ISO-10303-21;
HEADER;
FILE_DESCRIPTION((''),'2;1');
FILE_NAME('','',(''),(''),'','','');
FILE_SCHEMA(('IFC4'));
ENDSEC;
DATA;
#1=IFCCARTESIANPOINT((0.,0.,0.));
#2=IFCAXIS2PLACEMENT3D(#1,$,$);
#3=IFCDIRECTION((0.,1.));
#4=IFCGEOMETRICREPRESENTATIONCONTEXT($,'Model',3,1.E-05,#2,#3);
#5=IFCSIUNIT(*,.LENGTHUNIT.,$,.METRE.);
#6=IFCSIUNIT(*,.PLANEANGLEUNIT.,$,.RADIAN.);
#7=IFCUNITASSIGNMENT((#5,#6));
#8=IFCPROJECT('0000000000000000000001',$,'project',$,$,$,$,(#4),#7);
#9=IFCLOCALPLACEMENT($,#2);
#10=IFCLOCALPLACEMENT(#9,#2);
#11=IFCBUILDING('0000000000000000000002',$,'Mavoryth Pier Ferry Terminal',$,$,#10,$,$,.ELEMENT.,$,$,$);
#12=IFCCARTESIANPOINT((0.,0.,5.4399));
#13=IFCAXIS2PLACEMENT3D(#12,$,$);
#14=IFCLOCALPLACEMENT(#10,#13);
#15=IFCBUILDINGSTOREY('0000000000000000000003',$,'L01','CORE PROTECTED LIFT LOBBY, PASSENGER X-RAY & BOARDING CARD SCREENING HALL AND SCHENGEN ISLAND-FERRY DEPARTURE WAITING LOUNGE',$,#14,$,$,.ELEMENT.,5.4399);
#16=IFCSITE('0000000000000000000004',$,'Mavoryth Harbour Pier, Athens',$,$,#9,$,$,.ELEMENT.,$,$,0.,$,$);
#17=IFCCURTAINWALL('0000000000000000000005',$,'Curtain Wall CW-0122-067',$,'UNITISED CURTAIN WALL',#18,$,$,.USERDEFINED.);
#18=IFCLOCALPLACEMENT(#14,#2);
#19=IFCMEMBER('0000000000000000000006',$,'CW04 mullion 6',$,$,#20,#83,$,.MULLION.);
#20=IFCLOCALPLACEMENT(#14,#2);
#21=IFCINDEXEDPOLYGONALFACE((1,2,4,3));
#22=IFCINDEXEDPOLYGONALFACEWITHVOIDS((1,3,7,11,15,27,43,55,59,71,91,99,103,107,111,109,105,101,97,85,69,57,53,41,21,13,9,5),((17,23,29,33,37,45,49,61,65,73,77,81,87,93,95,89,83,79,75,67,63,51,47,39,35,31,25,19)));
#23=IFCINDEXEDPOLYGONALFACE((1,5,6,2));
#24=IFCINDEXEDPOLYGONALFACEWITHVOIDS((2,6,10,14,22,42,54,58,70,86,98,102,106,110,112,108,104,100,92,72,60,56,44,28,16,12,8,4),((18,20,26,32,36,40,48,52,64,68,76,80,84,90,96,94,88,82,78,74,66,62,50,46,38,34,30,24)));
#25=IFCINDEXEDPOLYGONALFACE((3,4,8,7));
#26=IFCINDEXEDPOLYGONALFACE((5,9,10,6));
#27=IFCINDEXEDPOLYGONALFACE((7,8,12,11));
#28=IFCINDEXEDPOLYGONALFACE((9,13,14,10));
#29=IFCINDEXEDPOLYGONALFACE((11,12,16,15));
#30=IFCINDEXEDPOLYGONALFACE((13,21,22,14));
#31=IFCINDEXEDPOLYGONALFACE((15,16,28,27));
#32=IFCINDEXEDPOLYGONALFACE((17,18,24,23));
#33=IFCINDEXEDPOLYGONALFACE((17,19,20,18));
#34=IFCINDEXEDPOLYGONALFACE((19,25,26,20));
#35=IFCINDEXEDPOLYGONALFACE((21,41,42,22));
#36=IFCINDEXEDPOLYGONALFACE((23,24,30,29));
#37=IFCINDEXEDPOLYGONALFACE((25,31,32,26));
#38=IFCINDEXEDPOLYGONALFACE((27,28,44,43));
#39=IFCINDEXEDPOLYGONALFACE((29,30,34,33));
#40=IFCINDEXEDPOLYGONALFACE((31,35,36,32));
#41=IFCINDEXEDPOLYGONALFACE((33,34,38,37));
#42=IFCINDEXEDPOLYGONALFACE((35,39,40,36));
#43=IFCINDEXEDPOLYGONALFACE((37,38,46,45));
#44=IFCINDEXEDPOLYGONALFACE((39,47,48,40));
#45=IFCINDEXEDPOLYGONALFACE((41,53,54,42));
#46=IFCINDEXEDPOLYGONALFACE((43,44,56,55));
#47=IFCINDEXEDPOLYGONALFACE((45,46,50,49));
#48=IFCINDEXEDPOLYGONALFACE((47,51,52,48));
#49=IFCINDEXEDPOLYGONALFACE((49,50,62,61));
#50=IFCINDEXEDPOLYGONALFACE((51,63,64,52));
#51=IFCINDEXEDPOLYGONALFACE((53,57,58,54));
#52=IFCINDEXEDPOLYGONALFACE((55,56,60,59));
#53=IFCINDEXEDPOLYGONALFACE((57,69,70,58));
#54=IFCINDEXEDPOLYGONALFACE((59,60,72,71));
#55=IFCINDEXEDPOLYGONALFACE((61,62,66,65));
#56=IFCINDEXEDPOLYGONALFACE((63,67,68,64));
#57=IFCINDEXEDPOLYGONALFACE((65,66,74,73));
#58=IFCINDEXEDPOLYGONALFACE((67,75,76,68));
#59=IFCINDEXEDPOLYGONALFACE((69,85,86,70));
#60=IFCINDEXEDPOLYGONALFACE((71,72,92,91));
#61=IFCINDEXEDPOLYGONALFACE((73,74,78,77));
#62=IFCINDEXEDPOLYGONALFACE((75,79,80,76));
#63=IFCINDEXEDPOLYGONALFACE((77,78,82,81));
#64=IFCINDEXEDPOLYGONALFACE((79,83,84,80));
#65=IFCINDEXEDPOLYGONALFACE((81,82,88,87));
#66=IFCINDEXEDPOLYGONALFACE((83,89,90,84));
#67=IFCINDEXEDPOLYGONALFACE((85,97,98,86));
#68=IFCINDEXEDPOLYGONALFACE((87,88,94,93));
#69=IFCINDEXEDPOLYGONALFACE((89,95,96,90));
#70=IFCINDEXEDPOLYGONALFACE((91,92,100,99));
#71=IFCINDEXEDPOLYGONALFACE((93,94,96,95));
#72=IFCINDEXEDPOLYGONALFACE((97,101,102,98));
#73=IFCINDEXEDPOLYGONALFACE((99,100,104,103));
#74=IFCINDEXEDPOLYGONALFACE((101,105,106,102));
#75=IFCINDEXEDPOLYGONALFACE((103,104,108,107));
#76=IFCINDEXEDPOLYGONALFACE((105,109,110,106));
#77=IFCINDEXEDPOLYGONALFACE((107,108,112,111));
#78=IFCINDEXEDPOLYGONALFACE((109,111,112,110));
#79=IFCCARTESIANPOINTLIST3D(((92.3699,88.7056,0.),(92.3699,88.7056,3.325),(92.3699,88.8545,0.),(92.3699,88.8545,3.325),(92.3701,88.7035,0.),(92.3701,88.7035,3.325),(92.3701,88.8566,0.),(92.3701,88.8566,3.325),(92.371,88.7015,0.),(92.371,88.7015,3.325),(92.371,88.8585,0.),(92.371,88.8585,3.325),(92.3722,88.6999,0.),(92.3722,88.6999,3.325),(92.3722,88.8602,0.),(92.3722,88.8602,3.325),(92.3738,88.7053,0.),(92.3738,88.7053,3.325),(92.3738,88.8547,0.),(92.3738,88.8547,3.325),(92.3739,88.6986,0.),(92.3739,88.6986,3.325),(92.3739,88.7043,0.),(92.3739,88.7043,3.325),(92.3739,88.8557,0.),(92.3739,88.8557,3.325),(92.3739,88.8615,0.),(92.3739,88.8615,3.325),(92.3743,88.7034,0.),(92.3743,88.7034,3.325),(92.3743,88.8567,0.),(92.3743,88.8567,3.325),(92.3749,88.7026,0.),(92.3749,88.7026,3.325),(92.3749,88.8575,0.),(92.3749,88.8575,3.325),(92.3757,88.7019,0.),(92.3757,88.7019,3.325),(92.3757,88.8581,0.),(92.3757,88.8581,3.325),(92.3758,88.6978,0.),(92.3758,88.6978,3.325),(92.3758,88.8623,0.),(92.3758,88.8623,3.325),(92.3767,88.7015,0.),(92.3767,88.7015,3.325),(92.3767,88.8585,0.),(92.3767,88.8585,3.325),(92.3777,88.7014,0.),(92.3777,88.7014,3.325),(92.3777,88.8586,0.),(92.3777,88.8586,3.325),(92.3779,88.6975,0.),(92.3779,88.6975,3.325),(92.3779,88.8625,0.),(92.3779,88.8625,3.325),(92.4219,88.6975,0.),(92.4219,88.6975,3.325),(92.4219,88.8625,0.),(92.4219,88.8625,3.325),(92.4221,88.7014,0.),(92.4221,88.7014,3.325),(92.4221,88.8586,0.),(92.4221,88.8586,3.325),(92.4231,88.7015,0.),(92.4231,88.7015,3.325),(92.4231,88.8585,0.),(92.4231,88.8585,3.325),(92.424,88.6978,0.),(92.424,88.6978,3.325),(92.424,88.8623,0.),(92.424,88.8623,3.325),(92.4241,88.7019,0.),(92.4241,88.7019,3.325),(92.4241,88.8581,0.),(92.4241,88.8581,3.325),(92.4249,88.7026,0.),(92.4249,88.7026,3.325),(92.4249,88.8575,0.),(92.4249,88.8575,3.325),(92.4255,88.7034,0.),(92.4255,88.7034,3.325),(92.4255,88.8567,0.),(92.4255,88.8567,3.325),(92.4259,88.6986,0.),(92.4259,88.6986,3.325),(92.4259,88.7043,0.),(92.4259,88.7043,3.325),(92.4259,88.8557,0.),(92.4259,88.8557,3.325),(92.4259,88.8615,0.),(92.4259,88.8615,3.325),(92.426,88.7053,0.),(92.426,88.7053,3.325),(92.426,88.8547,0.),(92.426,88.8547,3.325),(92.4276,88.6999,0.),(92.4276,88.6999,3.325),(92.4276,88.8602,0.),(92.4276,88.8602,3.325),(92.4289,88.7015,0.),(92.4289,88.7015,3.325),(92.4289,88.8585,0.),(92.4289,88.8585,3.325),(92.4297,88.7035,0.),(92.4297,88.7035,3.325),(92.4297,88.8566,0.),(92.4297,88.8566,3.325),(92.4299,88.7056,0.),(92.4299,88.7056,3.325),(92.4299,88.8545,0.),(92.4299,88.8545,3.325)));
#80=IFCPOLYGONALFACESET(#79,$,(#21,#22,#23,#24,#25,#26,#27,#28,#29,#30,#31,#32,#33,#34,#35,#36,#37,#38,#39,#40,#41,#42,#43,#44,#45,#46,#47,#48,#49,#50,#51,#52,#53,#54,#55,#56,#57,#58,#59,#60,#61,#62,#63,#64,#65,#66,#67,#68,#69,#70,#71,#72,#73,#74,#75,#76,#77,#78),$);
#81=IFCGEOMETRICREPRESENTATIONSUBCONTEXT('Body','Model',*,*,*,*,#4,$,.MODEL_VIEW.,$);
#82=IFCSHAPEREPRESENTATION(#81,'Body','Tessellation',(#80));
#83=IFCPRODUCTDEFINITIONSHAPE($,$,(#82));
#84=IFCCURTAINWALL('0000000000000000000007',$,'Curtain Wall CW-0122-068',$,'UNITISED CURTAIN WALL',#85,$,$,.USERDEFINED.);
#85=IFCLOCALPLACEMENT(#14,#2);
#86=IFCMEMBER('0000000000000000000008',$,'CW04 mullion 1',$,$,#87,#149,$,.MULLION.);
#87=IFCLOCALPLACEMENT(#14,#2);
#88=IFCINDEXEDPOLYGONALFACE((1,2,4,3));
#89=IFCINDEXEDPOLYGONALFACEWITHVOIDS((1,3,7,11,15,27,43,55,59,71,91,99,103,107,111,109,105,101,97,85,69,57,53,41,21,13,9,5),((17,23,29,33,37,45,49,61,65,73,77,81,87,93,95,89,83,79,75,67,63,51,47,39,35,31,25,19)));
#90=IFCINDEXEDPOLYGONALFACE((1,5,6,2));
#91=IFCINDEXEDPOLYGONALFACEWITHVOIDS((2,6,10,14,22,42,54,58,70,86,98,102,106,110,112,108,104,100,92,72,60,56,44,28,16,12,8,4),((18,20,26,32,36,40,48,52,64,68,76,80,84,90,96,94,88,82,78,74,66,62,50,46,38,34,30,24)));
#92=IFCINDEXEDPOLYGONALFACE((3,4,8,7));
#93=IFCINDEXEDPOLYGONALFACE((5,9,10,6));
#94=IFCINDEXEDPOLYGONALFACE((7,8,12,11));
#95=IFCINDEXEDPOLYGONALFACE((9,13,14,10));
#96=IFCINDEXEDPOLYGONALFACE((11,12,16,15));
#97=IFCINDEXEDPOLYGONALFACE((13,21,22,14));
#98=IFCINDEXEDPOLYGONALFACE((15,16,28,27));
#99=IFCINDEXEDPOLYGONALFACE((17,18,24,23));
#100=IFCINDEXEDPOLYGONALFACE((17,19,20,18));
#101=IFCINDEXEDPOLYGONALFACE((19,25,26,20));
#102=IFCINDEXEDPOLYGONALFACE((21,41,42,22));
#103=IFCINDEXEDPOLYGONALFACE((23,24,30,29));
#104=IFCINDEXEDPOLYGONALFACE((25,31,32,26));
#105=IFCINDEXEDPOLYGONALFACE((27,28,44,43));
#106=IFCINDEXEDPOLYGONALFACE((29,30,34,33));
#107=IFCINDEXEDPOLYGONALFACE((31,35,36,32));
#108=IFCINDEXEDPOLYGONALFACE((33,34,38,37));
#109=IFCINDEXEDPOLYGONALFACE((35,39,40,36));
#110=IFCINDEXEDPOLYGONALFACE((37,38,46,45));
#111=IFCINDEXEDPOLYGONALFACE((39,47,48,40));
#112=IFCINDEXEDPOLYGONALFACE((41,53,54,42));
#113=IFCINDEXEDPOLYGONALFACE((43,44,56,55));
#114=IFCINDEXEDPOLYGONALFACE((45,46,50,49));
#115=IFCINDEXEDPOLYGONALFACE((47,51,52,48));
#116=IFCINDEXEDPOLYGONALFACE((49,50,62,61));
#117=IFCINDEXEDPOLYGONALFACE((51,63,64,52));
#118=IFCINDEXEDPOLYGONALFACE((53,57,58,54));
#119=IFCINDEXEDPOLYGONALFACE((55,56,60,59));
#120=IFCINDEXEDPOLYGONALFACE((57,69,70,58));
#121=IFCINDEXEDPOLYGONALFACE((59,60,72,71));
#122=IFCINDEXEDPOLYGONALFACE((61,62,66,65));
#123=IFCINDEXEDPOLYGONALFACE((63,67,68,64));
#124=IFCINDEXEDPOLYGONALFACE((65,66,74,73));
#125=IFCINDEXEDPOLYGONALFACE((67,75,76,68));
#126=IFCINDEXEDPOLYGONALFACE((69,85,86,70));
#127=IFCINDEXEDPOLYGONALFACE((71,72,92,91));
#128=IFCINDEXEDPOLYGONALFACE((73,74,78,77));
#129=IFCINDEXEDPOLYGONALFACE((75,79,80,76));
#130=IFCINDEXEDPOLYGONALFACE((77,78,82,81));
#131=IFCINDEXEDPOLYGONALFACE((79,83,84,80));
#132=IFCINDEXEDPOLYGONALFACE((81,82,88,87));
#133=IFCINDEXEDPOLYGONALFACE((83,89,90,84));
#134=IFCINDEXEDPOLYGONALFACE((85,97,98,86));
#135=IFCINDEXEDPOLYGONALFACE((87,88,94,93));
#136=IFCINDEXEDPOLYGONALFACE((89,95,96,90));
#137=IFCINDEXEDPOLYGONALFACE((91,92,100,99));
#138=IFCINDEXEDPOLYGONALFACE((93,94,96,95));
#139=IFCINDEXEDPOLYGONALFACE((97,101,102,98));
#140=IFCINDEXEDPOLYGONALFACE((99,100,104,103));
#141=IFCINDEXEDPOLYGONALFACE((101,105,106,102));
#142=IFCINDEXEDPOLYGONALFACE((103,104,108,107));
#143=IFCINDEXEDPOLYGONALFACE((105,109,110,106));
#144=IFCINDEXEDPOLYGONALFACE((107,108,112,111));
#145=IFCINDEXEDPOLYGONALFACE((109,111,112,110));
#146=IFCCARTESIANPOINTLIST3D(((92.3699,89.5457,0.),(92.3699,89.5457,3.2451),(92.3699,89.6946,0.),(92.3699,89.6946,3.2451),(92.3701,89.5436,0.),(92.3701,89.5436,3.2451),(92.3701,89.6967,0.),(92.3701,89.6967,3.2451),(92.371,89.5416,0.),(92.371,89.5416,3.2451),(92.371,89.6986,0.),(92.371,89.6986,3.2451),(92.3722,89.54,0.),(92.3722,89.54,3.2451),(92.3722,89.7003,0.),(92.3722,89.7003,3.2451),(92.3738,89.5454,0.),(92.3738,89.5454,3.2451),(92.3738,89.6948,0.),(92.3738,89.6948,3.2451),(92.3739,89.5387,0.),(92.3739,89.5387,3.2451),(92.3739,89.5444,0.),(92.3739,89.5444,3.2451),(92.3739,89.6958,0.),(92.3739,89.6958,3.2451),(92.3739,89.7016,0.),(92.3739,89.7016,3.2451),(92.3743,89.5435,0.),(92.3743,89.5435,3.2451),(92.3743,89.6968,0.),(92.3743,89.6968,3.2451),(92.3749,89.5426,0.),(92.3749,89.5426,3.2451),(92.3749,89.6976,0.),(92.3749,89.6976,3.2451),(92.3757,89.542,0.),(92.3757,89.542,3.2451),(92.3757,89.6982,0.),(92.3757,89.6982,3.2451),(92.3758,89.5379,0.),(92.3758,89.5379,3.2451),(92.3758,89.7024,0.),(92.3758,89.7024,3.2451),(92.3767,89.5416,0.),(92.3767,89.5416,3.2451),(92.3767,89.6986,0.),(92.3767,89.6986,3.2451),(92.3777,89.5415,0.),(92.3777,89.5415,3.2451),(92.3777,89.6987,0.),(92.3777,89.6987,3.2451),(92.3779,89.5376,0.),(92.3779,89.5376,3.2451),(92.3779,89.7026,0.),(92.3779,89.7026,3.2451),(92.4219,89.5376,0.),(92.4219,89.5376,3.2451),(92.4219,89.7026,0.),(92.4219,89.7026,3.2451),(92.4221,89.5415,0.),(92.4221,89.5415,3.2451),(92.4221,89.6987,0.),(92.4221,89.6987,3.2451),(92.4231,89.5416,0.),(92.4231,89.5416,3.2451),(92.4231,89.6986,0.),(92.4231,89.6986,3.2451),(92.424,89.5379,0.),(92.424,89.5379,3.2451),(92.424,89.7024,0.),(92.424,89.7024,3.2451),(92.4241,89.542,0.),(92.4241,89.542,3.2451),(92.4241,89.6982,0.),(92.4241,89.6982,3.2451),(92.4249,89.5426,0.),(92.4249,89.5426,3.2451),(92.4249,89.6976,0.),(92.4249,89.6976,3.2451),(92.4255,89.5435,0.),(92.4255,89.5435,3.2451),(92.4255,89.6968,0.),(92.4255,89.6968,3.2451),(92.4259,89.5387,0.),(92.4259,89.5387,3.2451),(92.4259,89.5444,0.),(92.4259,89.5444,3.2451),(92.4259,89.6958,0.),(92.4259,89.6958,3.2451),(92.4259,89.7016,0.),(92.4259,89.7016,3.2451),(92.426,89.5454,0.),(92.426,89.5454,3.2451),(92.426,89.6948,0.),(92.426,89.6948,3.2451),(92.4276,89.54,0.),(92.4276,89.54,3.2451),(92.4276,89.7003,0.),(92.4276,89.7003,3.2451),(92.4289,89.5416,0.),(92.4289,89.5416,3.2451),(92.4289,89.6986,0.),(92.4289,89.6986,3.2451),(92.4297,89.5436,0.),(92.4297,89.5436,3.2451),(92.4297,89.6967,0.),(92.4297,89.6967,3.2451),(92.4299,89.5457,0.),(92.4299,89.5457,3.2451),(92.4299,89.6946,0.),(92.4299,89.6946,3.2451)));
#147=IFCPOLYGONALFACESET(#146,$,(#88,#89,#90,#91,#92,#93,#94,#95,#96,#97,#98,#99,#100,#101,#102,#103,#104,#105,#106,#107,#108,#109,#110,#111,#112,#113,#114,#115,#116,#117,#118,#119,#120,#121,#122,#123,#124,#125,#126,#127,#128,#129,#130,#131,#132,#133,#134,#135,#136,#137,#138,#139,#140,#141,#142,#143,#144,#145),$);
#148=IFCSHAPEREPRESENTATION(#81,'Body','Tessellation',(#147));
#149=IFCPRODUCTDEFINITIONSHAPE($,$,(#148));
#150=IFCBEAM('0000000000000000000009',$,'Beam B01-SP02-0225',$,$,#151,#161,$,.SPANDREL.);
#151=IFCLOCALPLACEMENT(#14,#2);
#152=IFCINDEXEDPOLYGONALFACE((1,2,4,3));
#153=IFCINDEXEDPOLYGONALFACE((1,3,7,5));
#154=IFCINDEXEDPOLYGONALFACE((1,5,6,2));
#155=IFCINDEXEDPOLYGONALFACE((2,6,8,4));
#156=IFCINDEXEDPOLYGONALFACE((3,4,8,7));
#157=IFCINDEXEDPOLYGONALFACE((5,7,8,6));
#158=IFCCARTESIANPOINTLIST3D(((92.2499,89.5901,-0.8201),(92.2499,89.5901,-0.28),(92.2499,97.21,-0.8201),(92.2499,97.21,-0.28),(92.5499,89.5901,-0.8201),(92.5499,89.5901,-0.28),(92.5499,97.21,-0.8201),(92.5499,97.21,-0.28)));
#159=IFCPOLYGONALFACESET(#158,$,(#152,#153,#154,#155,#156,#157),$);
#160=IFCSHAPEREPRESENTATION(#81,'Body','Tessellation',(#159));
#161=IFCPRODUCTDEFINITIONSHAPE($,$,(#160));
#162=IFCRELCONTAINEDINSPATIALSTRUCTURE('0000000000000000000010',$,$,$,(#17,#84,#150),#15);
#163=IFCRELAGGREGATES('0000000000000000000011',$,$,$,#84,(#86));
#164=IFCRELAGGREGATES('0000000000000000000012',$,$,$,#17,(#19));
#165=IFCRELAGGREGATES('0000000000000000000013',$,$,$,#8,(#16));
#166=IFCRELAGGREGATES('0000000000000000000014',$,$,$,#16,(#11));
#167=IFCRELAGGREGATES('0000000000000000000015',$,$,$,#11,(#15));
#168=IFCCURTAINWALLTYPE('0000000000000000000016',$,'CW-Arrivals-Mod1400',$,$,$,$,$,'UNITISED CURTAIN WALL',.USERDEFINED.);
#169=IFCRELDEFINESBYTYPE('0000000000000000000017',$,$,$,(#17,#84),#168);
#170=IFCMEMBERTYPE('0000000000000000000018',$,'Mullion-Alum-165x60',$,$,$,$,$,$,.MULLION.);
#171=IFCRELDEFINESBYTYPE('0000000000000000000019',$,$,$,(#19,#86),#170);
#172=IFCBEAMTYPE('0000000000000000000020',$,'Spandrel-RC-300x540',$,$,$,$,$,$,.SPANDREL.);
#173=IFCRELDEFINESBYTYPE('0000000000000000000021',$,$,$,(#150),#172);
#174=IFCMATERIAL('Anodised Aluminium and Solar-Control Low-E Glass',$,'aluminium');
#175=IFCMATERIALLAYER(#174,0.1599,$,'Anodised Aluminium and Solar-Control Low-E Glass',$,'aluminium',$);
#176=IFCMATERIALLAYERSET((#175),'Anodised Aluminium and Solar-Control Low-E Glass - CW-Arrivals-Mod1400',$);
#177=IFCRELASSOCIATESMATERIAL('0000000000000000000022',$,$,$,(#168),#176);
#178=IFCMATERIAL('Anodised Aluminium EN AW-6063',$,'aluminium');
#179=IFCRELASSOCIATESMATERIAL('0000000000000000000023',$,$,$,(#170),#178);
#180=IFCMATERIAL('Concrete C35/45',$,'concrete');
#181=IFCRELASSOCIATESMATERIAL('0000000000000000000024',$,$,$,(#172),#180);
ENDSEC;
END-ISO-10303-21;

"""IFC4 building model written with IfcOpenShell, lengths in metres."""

from ifc_helpers import new_model, si_unit, direction, frame, origin, origin_2d, place, context, subcontext, project, spatial, rectangle, hollow_rectangle, extrude, material, layer, layer_set, material_profile, profile_set, type_object, element, aggregate, save


model = new_model("IFC4")

# Units and contexts
model_context = context("Model", 3, precision=1e-05, world=origin(), true_north=direction((0.0, 1.0)))
body_context = subcontext(model_context, "Body", "Model", "MODEL_VIEW")
ifc_project = project(units=[si_unit("LENGTHUNIT", "METRE"), si_unit("PLANEANGLEUNIT", "RADIAN")], contexts=[model_context])

# Site, building, storey
site_placement = place(None, origin())
site = spatial("IfcSite", under=ifc_project, at=site_placement, Name="Mavoryth Harbour Pier, Athens", CompositionType="ELEMENT", RefElevation=0.0)
building_placement = place(site_placement, origin())
building = spatial("IfcBuilding", under=site, at=building_placement, Name="Mavoryth Pier Ferry Terminal", CompositionType="ELEMENT")
storey_placement = place(building_placement, frame((0.0, 0.0, 5.4399)))
storey = spatial("IfcBuildingStorey", under=building, at=storey_placement, Name="L01", Description="CORE PROTECTED LIFT LOBBY, PASSENGER X-RAY & BOARDING CARD SCREENING HALL AND SCHENGEN ISLAND-FERRY DEPARTURE WAITING LOUNGE", CompositionType="ELEMENT", Elevation=5.4399)

# Shared definitions
ifc_material_1 = material(Name="Concrete C35/45", Category="concrete")

# Curtain wall, member
ifc_material_2 = material(Name="Anodised Aluminium and Solar-Control Low-E Glass", Category="aluminium")
ifc_layer_1 = layer(ifc_material_2, 0.1599, Name="Anodised Aluminium and Solar-Control Low-E Glass", Category="aluminium")
ifc_layer_set_1 = layer_set([ifc_layer_1], Name="Anodised Aluminium and Solar-Control Low-E Glass - CW-Arrivals-Mod1400")
curtain_wall_type = type_object("IfcCurtainWallType", Name="CW-Arrivals-Mod1400", ElementType="UNITISED CURTAIN WALL", PredefinedType="USERDEFINED", material=ifc_layer_set_1)
curtain_wall_1_placement = place(storey_placement, origin())
curtain_wall_1 = element("IfcCurtainWall", 1, at=curtain_wall_1_placement, inside=storey, type_object=curtain_wall_type, Name="Curtain Wall CW-0122-067", ObjectType="UNITISED CURTAIN WALL", PredefinedType="USERDEFINED")
ifc_material_3 = material(Name="Anodised Aluminium EN AW-6063", Category="aluminium")
ifc_material_profile_1 = material_profile(ifc_material_3, hollow_rectangle(XDim=0.0601, YDim=0.165, WallThickness=0.0039, InnerFilletRadius=0.0039, OuterFilletRadius=0.0081, at=origin_2d()), Name="AL-MULL 165x60x4", Category="aluminium")
ifc_profile_set_1 = profile_set([ifc_material_profile_1], Name="Anodised Aluminium EN AW-6063 - AL-MULL 165x60x4")
member_type_1 = type_object("IfcMemberType", Name="Mullion-Alum-165x60", PredefinedType="MULLION", material=ifc_profile_set_1)
member_1_placement = place(storey_placement, frame((92.3999, 88.78, 0.0), z_axis=(0.0, 0.0, 1.0), x_axis=(-1.0, 0.0, 0.0)))
member_1 = element("IfcMember", 2, at=member_1_placement, type_object=member_type_1, Name="CW04 mullion 6", PredefinedType="MULLION", context=body_context, shape_type="SweptSolid", body=[
    extrude(hollow_rectangle(XDim=0.0601, YDim=0.165, WallThickness=0.0039, InnerFilletRadius=0.0039, OuterFilletRadius=0.0081, at=origin_2d()), origin(), (0.0, 0.0, 1.0), 3.325),
])

# Curtain wall, member
curtain_wall_2_placement = place(storey_placement, origin())
curtain_wall_2 = element("IfcCurtainWall", 3, at=curtain_wall_2_placement, inside=storey, type_object=curtain_wall_type, Name="Curtain Wall CW-0122-068", ObjectType="UNITISED CURTAIN WALL", PredefinedType="USERDEFINED")
member_2_placement = place(storey_placement, frame((92.3999, 89.6201, 0.0), z_axis=(0.0, 0.0, 1.0), x_axis=(-1.0, 0.0, 0.0)))
member_2 = element("IfcMember", 4, at=member_2_placement, type_object=member_type_1, Name="CW04 mullion 1", PredefinedType="MULLION", context=body_context, shape_type="SweptSolid", body=[
    extrude(hollow_rectangle(XDim=0.0601, YDim=0.165, WallThickness=0.0039, InnerFilletRadius=0.0039, OuterFilletRadius=0.0081, at=origin_2d()), origin(), (0.0, 0.0, 1.0), 3.2451),
])
aggregate(curtain_wall_2, [member_2])

# Beam
ifc_material_profile_2 = material_profile(ifc_material_1, rectangle(XDim=0.3, YDim=0.54, at=origin_2d()), Name="RC 300x540", Category="concrete")
ifc_profile_set_2 = profile_set([ifc_material_profile_2], Name="Concrete C35/45 - RC 300x540")
beam_type_1 = type_object("IfcBeamType", Name="Spandrel-RC-300x540", PredefinedType="SPANDREL", material=ifc_profile_set_2)
beam_1_placement = place(storey_placement, frame((92.3999, 89.5901, -0.55), z_axis=(0.0, 1.0, 0.0), x_axis=(-1.0, 0.0, 0.0)))
element("IfcBeam", 5, at=beam_1_placement, inside=storey, type_object=beam_type_1, Name="Beam B01-SP02-0225", PredefinedType="SPANDREL", context=body_context, shape_type="SweptSolid", body=[
    extrude(rectangle(XDim=0.3, YDim=0.54, at=origin_2d()), origin(), (0.0, 0.0, 1.0), 7.6199),
])

aggregate(curtain_wall_1, [member_1])

save(model, "model.ifc")
